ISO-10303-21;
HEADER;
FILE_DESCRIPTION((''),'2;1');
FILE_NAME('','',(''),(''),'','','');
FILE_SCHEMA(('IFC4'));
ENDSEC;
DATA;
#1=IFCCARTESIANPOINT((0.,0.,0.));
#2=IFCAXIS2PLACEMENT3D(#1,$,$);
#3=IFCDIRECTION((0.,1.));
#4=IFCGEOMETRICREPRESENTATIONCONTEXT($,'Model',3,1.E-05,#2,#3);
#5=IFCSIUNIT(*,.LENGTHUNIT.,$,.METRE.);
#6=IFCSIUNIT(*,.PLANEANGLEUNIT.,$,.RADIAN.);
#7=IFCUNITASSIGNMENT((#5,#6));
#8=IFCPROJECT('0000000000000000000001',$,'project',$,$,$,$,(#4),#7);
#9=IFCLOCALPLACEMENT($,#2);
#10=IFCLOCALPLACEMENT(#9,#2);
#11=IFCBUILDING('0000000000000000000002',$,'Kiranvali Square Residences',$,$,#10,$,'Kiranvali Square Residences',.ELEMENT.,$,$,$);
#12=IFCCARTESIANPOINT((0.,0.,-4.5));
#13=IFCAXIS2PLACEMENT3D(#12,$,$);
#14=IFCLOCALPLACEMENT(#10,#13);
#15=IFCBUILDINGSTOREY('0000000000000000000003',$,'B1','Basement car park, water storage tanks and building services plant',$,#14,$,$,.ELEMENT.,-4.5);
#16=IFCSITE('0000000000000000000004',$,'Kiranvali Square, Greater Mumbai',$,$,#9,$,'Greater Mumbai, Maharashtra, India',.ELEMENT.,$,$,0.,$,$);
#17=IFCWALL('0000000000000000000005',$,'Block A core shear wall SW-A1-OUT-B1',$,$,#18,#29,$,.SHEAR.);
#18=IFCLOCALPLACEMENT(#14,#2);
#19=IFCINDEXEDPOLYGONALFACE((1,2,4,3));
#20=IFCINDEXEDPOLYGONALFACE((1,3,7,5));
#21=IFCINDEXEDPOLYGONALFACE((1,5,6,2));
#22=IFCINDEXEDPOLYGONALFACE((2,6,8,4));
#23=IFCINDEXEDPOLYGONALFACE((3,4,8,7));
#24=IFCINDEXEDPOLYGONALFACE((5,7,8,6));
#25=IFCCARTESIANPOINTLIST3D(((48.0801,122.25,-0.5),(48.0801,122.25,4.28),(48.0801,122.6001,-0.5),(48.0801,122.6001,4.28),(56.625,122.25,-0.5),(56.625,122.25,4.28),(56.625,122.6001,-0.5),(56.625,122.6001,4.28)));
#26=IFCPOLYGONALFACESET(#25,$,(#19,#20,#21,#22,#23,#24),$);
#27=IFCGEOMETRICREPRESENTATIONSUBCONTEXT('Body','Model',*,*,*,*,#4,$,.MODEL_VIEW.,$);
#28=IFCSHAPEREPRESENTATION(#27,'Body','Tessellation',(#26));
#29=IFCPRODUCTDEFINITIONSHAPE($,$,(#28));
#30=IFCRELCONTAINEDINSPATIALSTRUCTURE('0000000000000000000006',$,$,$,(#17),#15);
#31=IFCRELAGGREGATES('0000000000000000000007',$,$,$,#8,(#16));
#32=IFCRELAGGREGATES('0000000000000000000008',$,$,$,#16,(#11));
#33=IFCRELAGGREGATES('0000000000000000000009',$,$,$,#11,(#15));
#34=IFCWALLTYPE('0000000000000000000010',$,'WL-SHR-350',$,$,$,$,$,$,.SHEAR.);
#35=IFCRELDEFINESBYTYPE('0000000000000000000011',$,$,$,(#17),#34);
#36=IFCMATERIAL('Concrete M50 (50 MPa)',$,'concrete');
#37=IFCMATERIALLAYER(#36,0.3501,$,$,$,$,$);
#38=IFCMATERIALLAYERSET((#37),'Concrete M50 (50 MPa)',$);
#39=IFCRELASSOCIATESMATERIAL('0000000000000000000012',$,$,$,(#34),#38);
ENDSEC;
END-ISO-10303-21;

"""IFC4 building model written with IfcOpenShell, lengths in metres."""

from ifc_helpers import new_model, si_unit, direction, frame, frame_2d, origin, place, context, subcontext, project, spatial, rectangle, extrude, material, layer, layer_set, type_object, element, save


model = new_model("IFC4")

# Units and contexts
model_context = context("Model", 3, precision=1e-05, world=origin(), true_north=direction((0.0, 1.0)))
body_context = subcontext(model_context, "Body", "Model", "MODEL_VIEW")
ifc_project = project(units=[si_unit("LENGTHUNIT", "METRE"), si_unit("PLANEANGLEUNIT", "RADIAN")], contexts=[model_context])

# Site, building, storey
site_placement = place(None, origin())
site = spatial("IfcSite", under=ifc_project, at=site_placement, Name="Kiranvali Square, Greater Mumbai", LongName="Greater Mumbai, Maharashtra, India", CompositionType="ELEMENT", RefElevation=0.0)
building_placement = place(site_placement, origin())
building = spatial("IfcBuilding", under=site, at=building_placement, Name="Kiranvali Square Residences", LongName="Kiranvali Square Residences", CompositionType="ELEMENT")
storey_placement = place(building_placement, frame((0.0, 0.0, -4.5)))
storey = spatial("IfcBuildingStorey", under=building, at=storey_placement, Name="B1", Description="Basement car park, water storage tanks and building services plant", CompositionType="ELEMENT", Elevation=-4.5)

# Shared definitions
ifc_material_1 = material(Name="Concrete M50 (50 MPa)", Category="concrete")

# Wall
ifc_layer = layer(ifc_material_1, 0.3501)
ifc_layer_set = layer_set([ifc_layer], Name="Concrete M50 (50 MPa)")
wall_type = type_object("IfcWallType", Name="WL-SHR-350", PredefinedType="SHEAR", material=ifc_layer_set)
wall_placement = place(storey_placement, frame((48.0801, 122.425, -0.5), z_axis=(0.0, 0.0, 1.0), x_axis=(1.0, 0.0, 0.0)))
element("IfcWall", 1, at=wall_placement, inside=storey, type_object=wall_type, Name="Block A core shear wall SW-A1-OUT-B1", PredefinedType="SHEAR", context=body_context, shape_type="SweptSolid", body=[
    extrude(rectangle(XDim=8.5449, YDim=0.3501, at=frame_2d((4.2725, 0.0))), origin(), (0.0, 0.0, 1.0), 4.78),
])

save(model, "model.ifc")
